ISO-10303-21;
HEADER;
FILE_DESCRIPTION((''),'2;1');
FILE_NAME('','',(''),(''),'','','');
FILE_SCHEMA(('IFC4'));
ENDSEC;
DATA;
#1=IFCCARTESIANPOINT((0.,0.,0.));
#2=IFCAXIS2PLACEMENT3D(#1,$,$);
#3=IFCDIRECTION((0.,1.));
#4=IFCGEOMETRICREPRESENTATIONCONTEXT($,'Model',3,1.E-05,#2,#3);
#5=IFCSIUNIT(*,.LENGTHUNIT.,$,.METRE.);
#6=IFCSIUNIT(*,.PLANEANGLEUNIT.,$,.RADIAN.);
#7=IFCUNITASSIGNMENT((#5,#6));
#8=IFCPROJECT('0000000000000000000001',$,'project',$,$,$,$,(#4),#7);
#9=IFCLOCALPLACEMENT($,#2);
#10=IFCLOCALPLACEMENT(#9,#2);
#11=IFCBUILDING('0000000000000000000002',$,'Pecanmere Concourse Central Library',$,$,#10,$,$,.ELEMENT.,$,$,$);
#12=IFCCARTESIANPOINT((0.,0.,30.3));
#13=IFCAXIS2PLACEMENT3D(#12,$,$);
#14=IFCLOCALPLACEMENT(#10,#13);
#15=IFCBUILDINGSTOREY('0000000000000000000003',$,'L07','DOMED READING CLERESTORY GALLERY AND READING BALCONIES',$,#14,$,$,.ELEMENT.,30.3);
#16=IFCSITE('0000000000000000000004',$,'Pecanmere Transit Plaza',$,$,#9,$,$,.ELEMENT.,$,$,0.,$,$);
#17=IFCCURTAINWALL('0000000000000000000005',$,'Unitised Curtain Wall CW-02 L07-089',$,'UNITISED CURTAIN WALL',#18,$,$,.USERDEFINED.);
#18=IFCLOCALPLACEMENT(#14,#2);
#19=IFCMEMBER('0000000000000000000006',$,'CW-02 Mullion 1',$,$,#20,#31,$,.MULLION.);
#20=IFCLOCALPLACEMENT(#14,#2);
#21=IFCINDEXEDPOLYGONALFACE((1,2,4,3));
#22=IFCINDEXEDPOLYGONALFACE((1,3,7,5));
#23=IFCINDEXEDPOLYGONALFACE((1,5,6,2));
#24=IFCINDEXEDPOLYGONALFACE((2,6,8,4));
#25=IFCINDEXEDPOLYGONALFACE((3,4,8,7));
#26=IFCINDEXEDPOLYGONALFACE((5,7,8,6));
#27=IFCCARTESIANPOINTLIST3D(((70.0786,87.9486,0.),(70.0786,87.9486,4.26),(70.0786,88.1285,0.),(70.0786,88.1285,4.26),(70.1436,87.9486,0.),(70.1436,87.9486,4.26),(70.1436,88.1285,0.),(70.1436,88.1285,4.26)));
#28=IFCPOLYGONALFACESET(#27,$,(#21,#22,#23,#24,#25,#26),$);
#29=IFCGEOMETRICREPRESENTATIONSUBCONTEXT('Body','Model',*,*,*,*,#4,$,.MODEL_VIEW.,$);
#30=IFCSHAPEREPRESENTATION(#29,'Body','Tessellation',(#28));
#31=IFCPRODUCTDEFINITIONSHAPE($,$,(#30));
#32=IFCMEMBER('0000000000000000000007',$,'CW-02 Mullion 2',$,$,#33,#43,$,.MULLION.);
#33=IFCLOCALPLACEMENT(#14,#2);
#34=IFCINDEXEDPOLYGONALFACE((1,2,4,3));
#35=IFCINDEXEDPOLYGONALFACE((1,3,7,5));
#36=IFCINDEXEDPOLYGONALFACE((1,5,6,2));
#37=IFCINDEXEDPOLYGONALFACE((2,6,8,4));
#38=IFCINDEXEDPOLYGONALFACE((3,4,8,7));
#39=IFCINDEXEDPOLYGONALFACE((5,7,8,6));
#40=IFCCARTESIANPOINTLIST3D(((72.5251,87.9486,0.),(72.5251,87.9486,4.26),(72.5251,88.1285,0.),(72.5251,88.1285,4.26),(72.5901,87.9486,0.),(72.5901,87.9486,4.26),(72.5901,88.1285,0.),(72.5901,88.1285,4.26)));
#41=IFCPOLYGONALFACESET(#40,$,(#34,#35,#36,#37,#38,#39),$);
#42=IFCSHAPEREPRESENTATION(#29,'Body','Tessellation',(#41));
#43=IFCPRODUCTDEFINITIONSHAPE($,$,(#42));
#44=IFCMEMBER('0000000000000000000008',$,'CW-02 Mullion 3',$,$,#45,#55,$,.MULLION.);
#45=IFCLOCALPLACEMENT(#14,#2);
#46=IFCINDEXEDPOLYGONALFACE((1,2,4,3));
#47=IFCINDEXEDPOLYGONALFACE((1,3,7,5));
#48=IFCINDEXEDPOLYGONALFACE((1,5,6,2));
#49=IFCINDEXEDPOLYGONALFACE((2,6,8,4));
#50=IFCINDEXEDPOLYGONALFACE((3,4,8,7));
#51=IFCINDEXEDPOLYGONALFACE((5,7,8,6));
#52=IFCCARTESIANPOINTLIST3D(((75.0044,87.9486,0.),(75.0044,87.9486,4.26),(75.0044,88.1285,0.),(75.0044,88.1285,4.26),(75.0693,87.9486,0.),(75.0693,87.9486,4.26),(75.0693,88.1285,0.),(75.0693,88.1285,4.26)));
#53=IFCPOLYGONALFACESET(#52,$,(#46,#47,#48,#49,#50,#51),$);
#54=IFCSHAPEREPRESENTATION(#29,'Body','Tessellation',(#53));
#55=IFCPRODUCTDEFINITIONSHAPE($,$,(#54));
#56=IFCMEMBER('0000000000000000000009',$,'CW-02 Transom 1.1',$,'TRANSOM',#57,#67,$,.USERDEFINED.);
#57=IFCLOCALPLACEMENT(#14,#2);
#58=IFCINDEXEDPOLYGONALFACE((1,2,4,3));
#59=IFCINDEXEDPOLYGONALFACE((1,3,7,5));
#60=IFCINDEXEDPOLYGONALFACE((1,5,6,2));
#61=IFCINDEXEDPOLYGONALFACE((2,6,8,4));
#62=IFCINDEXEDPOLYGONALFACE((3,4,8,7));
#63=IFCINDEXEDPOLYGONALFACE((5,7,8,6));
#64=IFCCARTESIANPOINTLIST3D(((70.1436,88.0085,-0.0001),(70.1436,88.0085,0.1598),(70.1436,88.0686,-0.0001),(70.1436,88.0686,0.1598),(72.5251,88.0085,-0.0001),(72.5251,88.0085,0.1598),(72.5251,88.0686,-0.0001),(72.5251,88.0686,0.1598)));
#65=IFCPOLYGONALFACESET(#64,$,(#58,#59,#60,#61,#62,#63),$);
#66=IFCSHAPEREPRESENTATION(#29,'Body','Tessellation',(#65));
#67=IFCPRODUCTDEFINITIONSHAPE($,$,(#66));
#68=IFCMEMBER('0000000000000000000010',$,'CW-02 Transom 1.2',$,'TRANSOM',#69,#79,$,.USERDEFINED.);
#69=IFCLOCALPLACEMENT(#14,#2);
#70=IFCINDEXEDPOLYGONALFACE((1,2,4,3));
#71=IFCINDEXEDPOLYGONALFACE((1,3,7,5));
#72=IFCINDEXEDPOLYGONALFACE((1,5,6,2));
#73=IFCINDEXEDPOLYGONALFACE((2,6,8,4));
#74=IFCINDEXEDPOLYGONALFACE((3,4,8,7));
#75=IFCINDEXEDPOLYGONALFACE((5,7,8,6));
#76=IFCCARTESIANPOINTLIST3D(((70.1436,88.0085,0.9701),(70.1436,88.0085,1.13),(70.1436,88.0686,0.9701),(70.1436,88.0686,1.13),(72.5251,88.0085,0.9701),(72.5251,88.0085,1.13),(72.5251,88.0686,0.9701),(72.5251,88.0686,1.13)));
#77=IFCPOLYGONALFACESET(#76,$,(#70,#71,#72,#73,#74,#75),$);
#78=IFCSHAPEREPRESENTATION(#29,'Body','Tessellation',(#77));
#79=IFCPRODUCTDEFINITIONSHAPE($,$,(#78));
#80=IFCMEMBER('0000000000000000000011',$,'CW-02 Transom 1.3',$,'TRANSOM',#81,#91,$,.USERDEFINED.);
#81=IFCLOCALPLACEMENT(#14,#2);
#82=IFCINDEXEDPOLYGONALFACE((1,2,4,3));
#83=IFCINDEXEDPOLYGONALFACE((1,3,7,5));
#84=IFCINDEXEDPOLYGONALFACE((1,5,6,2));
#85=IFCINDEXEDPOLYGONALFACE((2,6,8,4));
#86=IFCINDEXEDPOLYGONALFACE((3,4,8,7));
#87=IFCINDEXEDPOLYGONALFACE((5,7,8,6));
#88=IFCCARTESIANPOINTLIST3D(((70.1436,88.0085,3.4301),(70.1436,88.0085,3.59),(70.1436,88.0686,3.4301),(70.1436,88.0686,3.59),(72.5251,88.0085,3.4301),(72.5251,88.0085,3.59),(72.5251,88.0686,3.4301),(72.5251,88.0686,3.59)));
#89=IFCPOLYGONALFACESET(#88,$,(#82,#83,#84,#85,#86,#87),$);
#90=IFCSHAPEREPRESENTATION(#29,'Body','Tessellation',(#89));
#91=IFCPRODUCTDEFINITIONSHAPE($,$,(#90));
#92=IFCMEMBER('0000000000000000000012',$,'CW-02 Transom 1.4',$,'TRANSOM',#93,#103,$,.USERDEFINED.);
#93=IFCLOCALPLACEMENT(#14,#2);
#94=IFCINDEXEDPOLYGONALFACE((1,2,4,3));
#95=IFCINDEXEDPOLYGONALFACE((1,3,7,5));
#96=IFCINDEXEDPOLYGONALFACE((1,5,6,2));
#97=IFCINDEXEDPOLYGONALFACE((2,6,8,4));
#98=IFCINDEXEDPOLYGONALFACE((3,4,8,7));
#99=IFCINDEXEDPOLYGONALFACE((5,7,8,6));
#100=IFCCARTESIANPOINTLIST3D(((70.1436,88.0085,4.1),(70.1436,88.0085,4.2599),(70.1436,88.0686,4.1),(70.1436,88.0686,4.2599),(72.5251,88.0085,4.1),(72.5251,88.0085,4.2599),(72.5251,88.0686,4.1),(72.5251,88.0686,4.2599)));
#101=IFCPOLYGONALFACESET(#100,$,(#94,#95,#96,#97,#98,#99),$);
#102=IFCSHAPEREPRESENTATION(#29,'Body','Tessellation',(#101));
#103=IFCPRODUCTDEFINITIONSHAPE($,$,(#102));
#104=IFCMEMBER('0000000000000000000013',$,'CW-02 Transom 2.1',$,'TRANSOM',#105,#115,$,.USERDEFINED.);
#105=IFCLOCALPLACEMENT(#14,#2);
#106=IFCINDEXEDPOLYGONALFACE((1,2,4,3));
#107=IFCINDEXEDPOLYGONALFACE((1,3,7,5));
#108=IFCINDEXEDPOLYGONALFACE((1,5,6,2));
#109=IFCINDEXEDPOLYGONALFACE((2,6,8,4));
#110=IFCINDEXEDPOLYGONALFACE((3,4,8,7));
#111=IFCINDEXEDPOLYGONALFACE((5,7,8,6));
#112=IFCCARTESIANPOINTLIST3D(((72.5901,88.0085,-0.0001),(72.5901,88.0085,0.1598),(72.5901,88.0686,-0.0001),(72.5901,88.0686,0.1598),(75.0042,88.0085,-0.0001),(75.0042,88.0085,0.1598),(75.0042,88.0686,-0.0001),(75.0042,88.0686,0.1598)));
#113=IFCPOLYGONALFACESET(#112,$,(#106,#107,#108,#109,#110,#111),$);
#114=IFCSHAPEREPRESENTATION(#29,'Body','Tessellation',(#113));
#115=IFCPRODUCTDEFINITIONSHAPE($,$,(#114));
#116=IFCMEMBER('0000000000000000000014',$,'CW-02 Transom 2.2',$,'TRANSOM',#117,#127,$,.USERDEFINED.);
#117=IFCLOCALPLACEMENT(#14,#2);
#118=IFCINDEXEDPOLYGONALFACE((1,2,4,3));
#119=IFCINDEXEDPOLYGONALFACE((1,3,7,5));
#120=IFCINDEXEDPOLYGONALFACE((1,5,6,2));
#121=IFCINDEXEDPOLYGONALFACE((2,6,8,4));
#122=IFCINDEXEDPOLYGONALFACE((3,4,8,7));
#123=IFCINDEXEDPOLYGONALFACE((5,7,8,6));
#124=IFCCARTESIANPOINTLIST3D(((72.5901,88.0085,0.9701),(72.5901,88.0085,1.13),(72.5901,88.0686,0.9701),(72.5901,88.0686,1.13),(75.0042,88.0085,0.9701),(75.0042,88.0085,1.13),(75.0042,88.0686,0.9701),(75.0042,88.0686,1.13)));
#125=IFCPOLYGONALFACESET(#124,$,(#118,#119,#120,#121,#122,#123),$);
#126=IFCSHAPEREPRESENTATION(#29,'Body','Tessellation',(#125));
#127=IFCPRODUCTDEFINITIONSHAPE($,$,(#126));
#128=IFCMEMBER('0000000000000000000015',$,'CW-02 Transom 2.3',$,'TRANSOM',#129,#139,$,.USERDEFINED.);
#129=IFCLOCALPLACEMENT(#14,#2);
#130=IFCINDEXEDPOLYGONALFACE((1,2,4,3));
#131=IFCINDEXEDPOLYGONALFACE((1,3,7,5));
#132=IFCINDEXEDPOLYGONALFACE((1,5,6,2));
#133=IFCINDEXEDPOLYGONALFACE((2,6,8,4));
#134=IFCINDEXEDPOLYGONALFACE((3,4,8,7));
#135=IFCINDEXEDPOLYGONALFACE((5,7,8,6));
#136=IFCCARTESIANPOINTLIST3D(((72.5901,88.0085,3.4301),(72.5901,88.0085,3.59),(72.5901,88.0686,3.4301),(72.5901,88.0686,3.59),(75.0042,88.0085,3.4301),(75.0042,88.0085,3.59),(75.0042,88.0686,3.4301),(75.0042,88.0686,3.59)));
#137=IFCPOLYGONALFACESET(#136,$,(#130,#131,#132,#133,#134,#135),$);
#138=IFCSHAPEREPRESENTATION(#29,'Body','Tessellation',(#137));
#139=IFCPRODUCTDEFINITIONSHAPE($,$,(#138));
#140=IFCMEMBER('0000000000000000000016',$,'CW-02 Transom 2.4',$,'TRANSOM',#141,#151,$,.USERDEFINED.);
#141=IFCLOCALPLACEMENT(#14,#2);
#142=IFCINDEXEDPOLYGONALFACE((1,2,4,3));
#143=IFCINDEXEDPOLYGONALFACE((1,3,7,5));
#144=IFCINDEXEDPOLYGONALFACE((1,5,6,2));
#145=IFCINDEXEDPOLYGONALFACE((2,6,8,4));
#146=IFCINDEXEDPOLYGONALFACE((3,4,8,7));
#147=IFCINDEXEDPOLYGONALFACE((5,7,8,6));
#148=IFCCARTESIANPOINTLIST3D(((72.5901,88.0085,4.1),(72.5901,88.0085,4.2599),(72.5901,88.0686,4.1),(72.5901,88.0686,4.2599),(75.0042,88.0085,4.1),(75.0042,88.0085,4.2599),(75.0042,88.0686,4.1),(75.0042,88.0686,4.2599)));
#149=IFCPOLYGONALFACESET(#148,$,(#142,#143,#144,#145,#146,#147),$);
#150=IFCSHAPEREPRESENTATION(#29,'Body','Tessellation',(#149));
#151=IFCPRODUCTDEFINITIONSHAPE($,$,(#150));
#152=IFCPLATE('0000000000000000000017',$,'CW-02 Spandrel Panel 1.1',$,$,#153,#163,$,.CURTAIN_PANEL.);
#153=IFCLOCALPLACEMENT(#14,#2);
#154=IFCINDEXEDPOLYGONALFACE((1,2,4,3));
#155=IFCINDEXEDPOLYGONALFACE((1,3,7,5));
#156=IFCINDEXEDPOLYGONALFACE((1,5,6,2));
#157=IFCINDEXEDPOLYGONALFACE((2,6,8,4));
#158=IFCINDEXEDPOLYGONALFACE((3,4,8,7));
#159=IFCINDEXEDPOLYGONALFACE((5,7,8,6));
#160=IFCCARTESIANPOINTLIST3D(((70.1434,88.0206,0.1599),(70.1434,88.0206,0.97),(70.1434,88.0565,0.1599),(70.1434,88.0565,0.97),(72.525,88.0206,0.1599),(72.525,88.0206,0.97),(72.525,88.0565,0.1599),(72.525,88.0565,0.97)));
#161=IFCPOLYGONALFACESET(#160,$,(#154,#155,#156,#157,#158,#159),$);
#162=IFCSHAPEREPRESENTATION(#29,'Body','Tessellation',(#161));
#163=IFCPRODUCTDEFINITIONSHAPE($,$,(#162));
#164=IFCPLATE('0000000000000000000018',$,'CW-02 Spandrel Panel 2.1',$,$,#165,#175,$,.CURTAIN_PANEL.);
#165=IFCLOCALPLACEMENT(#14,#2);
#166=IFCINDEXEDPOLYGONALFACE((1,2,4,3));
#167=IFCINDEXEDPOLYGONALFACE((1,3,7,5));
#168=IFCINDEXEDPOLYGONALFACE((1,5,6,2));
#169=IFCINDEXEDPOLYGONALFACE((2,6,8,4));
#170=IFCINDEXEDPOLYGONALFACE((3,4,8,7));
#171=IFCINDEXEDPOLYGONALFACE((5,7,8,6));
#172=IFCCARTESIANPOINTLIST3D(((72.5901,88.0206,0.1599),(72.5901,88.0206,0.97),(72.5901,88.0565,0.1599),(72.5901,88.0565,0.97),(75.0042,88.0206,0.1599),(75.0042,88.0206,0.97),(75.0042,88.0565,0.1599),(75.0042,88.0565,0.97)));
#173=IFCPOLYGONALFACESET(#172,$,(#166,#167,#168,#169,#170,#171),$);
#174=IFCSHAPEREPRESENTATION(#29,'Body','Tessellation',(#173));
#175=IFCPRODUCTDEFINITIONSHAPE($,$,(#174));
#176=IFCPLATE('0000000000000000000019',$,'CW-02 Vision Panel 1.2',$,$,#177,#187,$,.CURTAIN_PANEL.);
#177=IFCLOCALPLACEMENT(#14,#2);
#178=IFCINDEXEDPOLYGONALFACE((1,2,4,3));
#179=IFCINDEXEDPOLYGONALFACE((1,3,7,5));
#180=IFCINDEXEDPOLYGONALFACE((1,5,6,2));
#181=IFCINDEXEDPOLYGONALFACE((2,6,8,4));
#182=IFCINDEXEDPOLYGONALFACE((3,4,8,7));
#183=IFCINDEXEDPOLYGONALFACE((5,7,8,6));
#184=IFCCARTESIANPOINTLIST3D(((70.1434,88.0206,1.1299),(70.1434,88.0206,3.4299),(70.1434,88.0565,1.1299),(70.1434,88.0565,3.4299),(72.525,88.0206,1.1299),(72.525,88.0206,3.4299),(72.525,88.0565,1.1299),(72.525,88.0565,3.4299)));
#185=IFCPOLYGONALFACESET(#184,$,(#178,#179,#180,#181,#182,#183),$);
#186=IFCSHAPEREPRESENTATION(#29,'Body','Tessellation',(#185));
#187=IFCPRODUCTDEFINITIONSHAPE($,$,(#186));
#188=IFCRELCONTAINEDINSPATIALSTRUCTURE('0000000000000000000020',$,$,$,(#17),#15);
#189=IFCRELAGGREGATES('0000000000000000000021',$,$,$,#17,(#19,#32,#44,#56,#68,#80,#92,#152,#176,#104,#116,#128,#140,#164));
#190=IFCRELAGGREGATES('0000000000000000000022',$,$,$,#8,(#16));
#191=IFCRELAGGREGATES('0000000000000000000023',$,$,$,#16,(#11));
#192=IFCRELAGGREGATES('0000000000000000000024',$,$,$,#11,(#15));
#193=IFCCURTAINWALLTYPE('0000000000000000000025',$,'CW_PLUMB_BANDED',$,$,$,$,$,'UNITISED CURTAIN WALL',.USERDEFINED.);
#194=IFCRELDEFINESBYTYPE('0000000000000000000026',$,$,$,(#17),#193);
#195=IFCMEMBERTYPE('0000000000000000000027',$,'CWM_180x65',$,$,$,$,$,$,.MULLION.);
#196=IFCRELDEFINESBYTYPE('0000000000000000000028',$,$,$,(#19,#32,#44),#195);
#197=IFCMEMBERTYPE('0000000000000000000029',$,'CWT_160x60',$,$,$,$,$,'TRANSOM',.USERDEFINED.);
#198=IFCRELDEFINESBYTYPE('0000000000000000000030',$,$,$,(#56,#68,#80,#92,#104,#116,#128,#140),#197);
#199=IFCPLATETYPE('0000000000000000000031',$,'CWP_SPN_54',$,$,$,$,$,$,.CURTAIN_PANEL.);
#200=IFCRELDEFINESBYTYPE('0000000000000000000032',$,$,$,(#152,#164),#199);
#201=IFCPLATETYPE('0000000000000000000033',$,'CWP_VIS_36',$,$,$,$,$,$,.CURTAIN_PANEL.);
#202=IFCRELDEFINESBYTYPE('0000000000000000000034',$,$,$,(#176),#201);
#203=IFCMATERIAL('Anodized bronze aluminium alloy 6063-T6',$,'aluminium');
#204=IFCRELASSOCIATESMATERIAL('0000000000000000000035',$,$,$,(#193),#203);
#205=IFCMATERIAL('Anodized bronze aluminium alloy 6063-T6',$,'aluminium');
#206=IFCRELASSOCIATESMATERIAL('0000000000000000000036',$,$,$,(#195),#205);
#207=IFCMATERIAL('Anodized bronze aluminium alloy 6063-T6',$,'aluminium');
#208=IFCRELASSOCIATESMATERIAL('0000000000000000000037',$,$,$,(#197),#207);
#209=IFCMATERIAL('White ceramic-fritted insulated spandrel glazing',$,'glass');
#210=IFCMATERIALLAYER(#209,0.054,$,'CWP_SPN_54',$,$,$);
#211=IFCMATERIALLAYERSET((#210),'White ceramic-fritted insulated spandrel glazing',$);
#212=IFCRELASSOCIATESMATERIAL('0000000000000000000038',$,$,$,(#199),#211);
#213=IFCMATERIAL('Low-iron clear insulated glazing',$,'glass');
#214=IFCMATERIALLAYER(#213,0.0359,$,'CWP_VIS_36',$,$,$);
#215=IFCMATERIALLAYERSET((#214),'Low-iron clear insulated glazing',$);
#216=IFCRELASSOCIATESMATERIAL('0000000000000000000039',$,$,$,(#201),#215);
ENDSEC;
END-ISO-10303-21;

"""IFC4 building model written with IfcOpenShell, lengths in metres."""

from ifc_helpers import new_model, si_unit, direction, frame, origin, origin_2d, place, context, subcontext, project, spatial, rectangle, extrude, material, layer, layer_set, material_profile, profile_set, type_object, element, aggregate, save


model = new_model("IFC4")

# Units and contexts
model_context = context("Model", 3, precision=1e-05, world=origin(), true_north=direction((0.0, 1.0)))
body_context = subcontext(model_context, "Body", "Model", "MODEL_VIEW")
ifc_project = project(units=[si_unit("LENGTHUNIT", "METRE"), si_unit("PLANEANGLEUNIT", "RADIAN")], contexts=[model_context])

# Site, building, storey
site_placement = place(None, origin())
site = spatial("IfcSite", under=ifc_project, at=site_placement, Name="Pecanmere Transit Plaza", CompositionType="ELEMENT", RefElevation=0.0)
building_placement = place(site_placement, origin())
building = spatial("IfcBuilding", under=site, at=building_placement, Name="Pecanmere Concourse Central Library", CompositionType="ELEMENT")
storey_placement = place(building_placement, frame((0.0, 0.0, 30.3)))
storey = spatial("IfcBuildingStorey", under=building, at=storey_placement, Name="L07", Description="DOMED READING CLERESTORY GALLERY AND READING BALCONIES", CompositionType="ELEMENT", Elevation=30.3)

# Curtain wall, members, plates
ifc_material_1 = material(Name="Anodized bronze aluminium alloy 6063-T6", Category="aluminium")
curtain_wall_type = type_object("IfcCurtainWallType", Name="CW_PLUMB_BANDED", ElementType="UNITISED CURTAIN WALL", PredefinedType="USERDEFINED", material=ifc_material_1)
curtain_wall_placement = place(storey_placement, origin())
curtain_wall = element("IfcCurtainWall", 1, at=curtain_wall_placement, inside=storey, type_object=curtain_wall_type, Name="Unitised Curtain Wall CW-02 L07-089", ObjectType="UNITISED CURTAIN WALL", PredefinedType="USERDEFINED")
ifc_material_2 = material(Name="Anodized bronze aluminium alloy 6063-T6", Category="aluminium")
ifc_material_profile_1 = material_profile(ifc_material_2, rectangle(XDim=0.0649, YDim=0.1799, at=origin_2d()), Name="AL 65x180")
ifc_profile_set_1 = profile_set([ifc_material_profile_1], Name="Anodized bronze aluminium alloy 6063-T6")
member_type_1 = type_object("IfcMemberType", Name="CWM_180x65", PredefinedType="MULLION", material=ifc_profile_set_1)
member_1_placement = place(storey_placement, frame((70.1111, 88.0386, 0.0), z_axis=(0.0, 0.0, 1.0), x_axis=(1.0, 0.0, 0.0)))
member_1 = element("IfcMember", 2, at=member_1_placement, type_object=member_type_1, Name="CW-02 Mullion 1", PredefinedType="MULLION", context=body_context, shape_type="SweptSolid", body=[
    extrude(rectangle(XDim=0.0649, YDim=0.1799, at=origin_2d()), origin(), (0.0, 0.0, 1.0), 4.26),
])
member_2_placement = place(storey_placement, frame((72.5576, 88.0386, 0.0), z_axis=(0.0, 0.0, 1.0), x_axis=(1.0, 0.0, 0.0)))
member_2 = element("IfcMember", 3, at=member_2_placement, type_object=member_type_1, Name="CW-02 Mullion 2", PredefinedType="MULLION", context=body_context, shape_type="SweptSolid", body=[
    extrude(rectangle(XDim=0.0649, YDim=0.1799, at=origin_2d()), origin(), (0.0, 0.0, 1.0), 4.26),
])
member_3_placement = place(storey_placement, frame((75.0369, 88.0386, 0.0), z_axis=(0.0, 0.0, 1.0), x_axis=(1.0, 0.0, 0.0)))
member_3 = element("IfcMember", 4, at=member_3_placement, type_object=member_type_1, Name="CW-02 Mullion 3", PredefinedType="MULLION", context=body_context, shape_type="SweptSolid", body=[
    extrude(rectangle(XDim=0.0649, YDim=0.1799, at=origin_2d()), origin(), (0.0, 0.0, 1.0), 4.26),
])
ifc_material_3 = material(Name="Anodized bronze aluminium alloy 6063-T6", Category="aluminium")
ifc_material_profile_2 = material_profile(ifc_material_3, rectangle(XDim=0.0601, YDim=0.1599, at=origin_2d()), Name="AL 60x160")
ifc_profile_set_2 = profile_set([ifc_material_profile_2], Name="Anodized bronze aluminium alloy 6063-T6")
member_type_2 = type_object("IfcMemberType", Name="CWT_160x60", ElementType="TRANSOM", PredefinedType="USERDEFINED", material=ifc_profile_set_2)
member_4_placement = place(storey_placement, frame((70.1436, 88.0386, 0.0798), z_axis=(1.0, 0.0, 0.0), x_axis=(0.0, 1.0, 0.0)))
member_4 = element("IfcMember", 5, at=member_4_placement, type_object=member_type_2, Name="CW-02 Transom 1.1", ObjectType="TRANSOM", PredefinedType="USERDEFINED", context=body_context, shape_type="SweptSolid", body=[
    extrude(rectangle(XDim=0.0601, YDim=0.1599, at=origin_2d()), origin(), (0.0, 0.0, 1.0), 2.3816),
])
member_5_placement = place(storey_placement, frame((70.1436, 88.0386, 1.05), z_axis=(1.0, 0.0, 0.0), x_axis=(0.0, 1.0, 0.0)))
member_5 = element("IfcMember", 6, at=member_5_placement, type_object=member_type_2, Name="CW-02 Transom 1.2", ObjectType="TRANSOM", PredefinedType="USERDEFINED", context=body_context, shape_type="SweptSolid", body=[
    extrude(rectangle(XDim=0.0601, YDim=0.1599, at=origin_2d()), origin(), (0.0, 0.0, 1.0), 2.3816),
])
member_6_placement = place(storey_placement, frame((70.1436, 88.0386, 3.51), z_axis=(1.0, 0.0, 0.0), x_axis=(0.0, 1.0, 0.0)))
member_6 = element("IfcMember", 7, at=member_6_placement, type_object=member_type_2, Name="CW-02 Transom 1.3", ObjectType="TRANSOM", PredefinedType="USERDEFINED", context=body_context, shape_type="SweptSolid", body=[
    extrude(rectangle(XDim=0.0601, YDim=0.1599, at=origin_2d()), origin(), (0.0, 0.0, 1.0), 2.3816),
])
member_7_placement = place(storey_placement, frame((70.1436, 88.0386, 4.1799), z_axis=(1.0, 0.0, 0.0), x_axis=(0.0, 1.0, 0.0)))
member_7 = element("IfcMember", 8, at=member_7_placement, type_object=member_type_2, Name="CW-02 Transom 1.4", ObjectType="TRANSOM", PredefinedType="USERDEFINED", context=body_context, shape_type="SweptSolid", body=[
    extrude(rectangle(XDim=0.0601, YDim=0.1599, at=origin_2d()), origin(), (0.0, 0.0, 1.0), 2.3816),
])
member_8_placement = place(storey_placement, frame((72.5901, 88.0386, 0.0798), z_axis=(1.0, 0.0, 0.0), x_axis=(0.0, 1.0, 0.0)))
member_8 = element("IfcMember", 9, at=member_8_placement, type_object=member_type_2, Name="CW-02 Transom 2.1", ObjectType="TRANSOM", PredefinedType="USERDEFINED", context=body_context, shape_type="SweptSolid", body=[
    extrude(rectangle(XDim=0.0601, YDim=0.1599, at=origin_2d()), origin(), (0.0, 0.0, 1.0), 2.4141),
])
member_9_placement = place(storey_placement, frame((72.5901, 88.0386, 1.05), z_axis=(1.0, 0.0, 0.0), x_axis=(0.0, 1.0, 0.0)))
member_9 = element("IfcMember", 10, at=member_9_placement, type_object=member_type_2, Name="CW-02 Transom 2.2", ObjectType="TRANSOM", PredefinedType="USERDEFINED", context=body_context, shape_type="SweptSolid", body=[
    extrude(rectangle(XDim=0.0601, YDim=0.1599, at=origin_2d()), origin(), (0.0, 0.0, 1.0), 2.4141),
])
member_10_placement = place(storey_placement, frame((72.5901, 88.0386, 3.51), z_axis=(1.0, 0.0, 0.0), x_axis=(0.0, 1.0, 0.0)))
member_10 = element("IfcMember", 11, at=member_10_placement, type_object=member_type_2, Name="CW-02 Transom 2.3", ObjectType="TRANSOM", PredefinedType="USERDEFINED", context=body_context, shape_type="SweptSolid", body=[
    extrude(rectangle(XDim=0.0601, YDim=0.1599, at=origin_2d()), origin(), (0.0, 0.0, 1.0), 2.4141),
])
member_11_placement = place(storey_placement, frame((72.5901, 88.0386, 4.1799), z_axis=(1.0, 0.0, 0.0), x_axis=(0.0, 1.0, 0.0)))
member_11 = element("IfcMember", 12, at=member_11_placement, type_object=member_type_2, Name="CW-02 Transom 2.4", ObjectType="TRANSOM", PredefinedType="USERDEFINED", context=body_context, shape_type="SweptSolid", body=[
    extrude(rectangle(XDim=0.0601, YDim=0.1599, at=origin_2d()), origin(), (0.0, 0.0, 1.0), 2.4141),
])
ifc_material_4 = material(Name="White ceramic-fritted insulated spandrel glazing", Category="glass")
ifc_layer_1 = layer(ifc_material_4, 0.054, Name="CWP_SPN_54")
ifc_layer_set_1 = layer_set([ifc_layer_1], Name="White ceramic-fritted insulated spandrel glazing")
plate_type_1 = type_object("IfcPlateType", Name="CWP_SPN_54", PredefinedType="CURTAIN_PANEL", material=ifc_layer_set_1)
plate_1_placement = place(storey_placement, frame((71.3342, 88.0386, 0.1599), z_axis=(0.0, 0.0, 1.0), x_axis=(1.0, 0.0, 0.0)))
plate_1 = element("IfcPlate", 13, at=plate_1_placement, type_object=plate_type_1, Name="CW-02 Spandrel Panel 1.1", PredefinedType="CURTAIN_PANEL", context=body_context, shape_type="SweptSolid", body=[
    extrude(rectangle(XDim=2.3816, YDim=0.0359, at=origin_2d()), origin(), (0.0, 0.0, 1.0), 0.8101),
])
plate_2_placement = place(storey_placement, frame((73.7971, 88.0386, 0.1599), z_axis=(0.0, 0.0, 1.0), x_axis=(1.0, 0.0, 0.0)))
plate_2 = element("IfcPlate", 14, at=plate_2_placement, type_object=plate_type_1, Name="CW-02 Spandrel Panel 2.1", PredefinedType="CURTAIN_PANEL", context=body_context, shape_type="SweptSolid", body=[
    extrude(rectangle(XDim=2.4141, YDim=0.0359, at=origin_2d()), origin(), (0.0, 0.0, 1.0), 0.8101),
])
ifc_material_5 = material(Name="Low-iron clear insulated glazing", Category="glass")
ifc_layer_2 = layer(ifc_material_5, 0.0359, Name="CWP_VIS_36")
ifc_layer_set_2 = layer_set([ifc_layer_2], Name="Low-iron clear insulated glazing")
plate_type_2 = type_object("IfcPlateType", Name="CWP_VIS_36", PredefinedType="CURTAIN_PANEL", material=ifc_layer_set_2)
plate_3_placement = place(storey_placement, frame((71.3342, 88.0386, 1.1299), z_axis=(0.0, 0.0, 1.0), x_axis=(1.0, 0.0, 0.0)))
plate_3 = element("IfcPlate", 15, at=plate_3_placement, type_object=plate_type_2, Name="CW-02 Vision Panel 1.2", PredefinedType="CURTAIN_PANEL", context=body_context, shape_type="SweptSolid", body=[
    extrude(rectangle(XDim=2.3816, YDim=0.0359, at=origin_2d()), origin(), (0.0, 0.0, 1.0), 2.3),
])
aggregate(curtain_wall, [member_1, member_2, member_3, member_4, member_5, member_6, member_7, plate_1, plate_3, member_8, member_9, member_10, member_11, plate_2])

save(model, "model.ifc")
